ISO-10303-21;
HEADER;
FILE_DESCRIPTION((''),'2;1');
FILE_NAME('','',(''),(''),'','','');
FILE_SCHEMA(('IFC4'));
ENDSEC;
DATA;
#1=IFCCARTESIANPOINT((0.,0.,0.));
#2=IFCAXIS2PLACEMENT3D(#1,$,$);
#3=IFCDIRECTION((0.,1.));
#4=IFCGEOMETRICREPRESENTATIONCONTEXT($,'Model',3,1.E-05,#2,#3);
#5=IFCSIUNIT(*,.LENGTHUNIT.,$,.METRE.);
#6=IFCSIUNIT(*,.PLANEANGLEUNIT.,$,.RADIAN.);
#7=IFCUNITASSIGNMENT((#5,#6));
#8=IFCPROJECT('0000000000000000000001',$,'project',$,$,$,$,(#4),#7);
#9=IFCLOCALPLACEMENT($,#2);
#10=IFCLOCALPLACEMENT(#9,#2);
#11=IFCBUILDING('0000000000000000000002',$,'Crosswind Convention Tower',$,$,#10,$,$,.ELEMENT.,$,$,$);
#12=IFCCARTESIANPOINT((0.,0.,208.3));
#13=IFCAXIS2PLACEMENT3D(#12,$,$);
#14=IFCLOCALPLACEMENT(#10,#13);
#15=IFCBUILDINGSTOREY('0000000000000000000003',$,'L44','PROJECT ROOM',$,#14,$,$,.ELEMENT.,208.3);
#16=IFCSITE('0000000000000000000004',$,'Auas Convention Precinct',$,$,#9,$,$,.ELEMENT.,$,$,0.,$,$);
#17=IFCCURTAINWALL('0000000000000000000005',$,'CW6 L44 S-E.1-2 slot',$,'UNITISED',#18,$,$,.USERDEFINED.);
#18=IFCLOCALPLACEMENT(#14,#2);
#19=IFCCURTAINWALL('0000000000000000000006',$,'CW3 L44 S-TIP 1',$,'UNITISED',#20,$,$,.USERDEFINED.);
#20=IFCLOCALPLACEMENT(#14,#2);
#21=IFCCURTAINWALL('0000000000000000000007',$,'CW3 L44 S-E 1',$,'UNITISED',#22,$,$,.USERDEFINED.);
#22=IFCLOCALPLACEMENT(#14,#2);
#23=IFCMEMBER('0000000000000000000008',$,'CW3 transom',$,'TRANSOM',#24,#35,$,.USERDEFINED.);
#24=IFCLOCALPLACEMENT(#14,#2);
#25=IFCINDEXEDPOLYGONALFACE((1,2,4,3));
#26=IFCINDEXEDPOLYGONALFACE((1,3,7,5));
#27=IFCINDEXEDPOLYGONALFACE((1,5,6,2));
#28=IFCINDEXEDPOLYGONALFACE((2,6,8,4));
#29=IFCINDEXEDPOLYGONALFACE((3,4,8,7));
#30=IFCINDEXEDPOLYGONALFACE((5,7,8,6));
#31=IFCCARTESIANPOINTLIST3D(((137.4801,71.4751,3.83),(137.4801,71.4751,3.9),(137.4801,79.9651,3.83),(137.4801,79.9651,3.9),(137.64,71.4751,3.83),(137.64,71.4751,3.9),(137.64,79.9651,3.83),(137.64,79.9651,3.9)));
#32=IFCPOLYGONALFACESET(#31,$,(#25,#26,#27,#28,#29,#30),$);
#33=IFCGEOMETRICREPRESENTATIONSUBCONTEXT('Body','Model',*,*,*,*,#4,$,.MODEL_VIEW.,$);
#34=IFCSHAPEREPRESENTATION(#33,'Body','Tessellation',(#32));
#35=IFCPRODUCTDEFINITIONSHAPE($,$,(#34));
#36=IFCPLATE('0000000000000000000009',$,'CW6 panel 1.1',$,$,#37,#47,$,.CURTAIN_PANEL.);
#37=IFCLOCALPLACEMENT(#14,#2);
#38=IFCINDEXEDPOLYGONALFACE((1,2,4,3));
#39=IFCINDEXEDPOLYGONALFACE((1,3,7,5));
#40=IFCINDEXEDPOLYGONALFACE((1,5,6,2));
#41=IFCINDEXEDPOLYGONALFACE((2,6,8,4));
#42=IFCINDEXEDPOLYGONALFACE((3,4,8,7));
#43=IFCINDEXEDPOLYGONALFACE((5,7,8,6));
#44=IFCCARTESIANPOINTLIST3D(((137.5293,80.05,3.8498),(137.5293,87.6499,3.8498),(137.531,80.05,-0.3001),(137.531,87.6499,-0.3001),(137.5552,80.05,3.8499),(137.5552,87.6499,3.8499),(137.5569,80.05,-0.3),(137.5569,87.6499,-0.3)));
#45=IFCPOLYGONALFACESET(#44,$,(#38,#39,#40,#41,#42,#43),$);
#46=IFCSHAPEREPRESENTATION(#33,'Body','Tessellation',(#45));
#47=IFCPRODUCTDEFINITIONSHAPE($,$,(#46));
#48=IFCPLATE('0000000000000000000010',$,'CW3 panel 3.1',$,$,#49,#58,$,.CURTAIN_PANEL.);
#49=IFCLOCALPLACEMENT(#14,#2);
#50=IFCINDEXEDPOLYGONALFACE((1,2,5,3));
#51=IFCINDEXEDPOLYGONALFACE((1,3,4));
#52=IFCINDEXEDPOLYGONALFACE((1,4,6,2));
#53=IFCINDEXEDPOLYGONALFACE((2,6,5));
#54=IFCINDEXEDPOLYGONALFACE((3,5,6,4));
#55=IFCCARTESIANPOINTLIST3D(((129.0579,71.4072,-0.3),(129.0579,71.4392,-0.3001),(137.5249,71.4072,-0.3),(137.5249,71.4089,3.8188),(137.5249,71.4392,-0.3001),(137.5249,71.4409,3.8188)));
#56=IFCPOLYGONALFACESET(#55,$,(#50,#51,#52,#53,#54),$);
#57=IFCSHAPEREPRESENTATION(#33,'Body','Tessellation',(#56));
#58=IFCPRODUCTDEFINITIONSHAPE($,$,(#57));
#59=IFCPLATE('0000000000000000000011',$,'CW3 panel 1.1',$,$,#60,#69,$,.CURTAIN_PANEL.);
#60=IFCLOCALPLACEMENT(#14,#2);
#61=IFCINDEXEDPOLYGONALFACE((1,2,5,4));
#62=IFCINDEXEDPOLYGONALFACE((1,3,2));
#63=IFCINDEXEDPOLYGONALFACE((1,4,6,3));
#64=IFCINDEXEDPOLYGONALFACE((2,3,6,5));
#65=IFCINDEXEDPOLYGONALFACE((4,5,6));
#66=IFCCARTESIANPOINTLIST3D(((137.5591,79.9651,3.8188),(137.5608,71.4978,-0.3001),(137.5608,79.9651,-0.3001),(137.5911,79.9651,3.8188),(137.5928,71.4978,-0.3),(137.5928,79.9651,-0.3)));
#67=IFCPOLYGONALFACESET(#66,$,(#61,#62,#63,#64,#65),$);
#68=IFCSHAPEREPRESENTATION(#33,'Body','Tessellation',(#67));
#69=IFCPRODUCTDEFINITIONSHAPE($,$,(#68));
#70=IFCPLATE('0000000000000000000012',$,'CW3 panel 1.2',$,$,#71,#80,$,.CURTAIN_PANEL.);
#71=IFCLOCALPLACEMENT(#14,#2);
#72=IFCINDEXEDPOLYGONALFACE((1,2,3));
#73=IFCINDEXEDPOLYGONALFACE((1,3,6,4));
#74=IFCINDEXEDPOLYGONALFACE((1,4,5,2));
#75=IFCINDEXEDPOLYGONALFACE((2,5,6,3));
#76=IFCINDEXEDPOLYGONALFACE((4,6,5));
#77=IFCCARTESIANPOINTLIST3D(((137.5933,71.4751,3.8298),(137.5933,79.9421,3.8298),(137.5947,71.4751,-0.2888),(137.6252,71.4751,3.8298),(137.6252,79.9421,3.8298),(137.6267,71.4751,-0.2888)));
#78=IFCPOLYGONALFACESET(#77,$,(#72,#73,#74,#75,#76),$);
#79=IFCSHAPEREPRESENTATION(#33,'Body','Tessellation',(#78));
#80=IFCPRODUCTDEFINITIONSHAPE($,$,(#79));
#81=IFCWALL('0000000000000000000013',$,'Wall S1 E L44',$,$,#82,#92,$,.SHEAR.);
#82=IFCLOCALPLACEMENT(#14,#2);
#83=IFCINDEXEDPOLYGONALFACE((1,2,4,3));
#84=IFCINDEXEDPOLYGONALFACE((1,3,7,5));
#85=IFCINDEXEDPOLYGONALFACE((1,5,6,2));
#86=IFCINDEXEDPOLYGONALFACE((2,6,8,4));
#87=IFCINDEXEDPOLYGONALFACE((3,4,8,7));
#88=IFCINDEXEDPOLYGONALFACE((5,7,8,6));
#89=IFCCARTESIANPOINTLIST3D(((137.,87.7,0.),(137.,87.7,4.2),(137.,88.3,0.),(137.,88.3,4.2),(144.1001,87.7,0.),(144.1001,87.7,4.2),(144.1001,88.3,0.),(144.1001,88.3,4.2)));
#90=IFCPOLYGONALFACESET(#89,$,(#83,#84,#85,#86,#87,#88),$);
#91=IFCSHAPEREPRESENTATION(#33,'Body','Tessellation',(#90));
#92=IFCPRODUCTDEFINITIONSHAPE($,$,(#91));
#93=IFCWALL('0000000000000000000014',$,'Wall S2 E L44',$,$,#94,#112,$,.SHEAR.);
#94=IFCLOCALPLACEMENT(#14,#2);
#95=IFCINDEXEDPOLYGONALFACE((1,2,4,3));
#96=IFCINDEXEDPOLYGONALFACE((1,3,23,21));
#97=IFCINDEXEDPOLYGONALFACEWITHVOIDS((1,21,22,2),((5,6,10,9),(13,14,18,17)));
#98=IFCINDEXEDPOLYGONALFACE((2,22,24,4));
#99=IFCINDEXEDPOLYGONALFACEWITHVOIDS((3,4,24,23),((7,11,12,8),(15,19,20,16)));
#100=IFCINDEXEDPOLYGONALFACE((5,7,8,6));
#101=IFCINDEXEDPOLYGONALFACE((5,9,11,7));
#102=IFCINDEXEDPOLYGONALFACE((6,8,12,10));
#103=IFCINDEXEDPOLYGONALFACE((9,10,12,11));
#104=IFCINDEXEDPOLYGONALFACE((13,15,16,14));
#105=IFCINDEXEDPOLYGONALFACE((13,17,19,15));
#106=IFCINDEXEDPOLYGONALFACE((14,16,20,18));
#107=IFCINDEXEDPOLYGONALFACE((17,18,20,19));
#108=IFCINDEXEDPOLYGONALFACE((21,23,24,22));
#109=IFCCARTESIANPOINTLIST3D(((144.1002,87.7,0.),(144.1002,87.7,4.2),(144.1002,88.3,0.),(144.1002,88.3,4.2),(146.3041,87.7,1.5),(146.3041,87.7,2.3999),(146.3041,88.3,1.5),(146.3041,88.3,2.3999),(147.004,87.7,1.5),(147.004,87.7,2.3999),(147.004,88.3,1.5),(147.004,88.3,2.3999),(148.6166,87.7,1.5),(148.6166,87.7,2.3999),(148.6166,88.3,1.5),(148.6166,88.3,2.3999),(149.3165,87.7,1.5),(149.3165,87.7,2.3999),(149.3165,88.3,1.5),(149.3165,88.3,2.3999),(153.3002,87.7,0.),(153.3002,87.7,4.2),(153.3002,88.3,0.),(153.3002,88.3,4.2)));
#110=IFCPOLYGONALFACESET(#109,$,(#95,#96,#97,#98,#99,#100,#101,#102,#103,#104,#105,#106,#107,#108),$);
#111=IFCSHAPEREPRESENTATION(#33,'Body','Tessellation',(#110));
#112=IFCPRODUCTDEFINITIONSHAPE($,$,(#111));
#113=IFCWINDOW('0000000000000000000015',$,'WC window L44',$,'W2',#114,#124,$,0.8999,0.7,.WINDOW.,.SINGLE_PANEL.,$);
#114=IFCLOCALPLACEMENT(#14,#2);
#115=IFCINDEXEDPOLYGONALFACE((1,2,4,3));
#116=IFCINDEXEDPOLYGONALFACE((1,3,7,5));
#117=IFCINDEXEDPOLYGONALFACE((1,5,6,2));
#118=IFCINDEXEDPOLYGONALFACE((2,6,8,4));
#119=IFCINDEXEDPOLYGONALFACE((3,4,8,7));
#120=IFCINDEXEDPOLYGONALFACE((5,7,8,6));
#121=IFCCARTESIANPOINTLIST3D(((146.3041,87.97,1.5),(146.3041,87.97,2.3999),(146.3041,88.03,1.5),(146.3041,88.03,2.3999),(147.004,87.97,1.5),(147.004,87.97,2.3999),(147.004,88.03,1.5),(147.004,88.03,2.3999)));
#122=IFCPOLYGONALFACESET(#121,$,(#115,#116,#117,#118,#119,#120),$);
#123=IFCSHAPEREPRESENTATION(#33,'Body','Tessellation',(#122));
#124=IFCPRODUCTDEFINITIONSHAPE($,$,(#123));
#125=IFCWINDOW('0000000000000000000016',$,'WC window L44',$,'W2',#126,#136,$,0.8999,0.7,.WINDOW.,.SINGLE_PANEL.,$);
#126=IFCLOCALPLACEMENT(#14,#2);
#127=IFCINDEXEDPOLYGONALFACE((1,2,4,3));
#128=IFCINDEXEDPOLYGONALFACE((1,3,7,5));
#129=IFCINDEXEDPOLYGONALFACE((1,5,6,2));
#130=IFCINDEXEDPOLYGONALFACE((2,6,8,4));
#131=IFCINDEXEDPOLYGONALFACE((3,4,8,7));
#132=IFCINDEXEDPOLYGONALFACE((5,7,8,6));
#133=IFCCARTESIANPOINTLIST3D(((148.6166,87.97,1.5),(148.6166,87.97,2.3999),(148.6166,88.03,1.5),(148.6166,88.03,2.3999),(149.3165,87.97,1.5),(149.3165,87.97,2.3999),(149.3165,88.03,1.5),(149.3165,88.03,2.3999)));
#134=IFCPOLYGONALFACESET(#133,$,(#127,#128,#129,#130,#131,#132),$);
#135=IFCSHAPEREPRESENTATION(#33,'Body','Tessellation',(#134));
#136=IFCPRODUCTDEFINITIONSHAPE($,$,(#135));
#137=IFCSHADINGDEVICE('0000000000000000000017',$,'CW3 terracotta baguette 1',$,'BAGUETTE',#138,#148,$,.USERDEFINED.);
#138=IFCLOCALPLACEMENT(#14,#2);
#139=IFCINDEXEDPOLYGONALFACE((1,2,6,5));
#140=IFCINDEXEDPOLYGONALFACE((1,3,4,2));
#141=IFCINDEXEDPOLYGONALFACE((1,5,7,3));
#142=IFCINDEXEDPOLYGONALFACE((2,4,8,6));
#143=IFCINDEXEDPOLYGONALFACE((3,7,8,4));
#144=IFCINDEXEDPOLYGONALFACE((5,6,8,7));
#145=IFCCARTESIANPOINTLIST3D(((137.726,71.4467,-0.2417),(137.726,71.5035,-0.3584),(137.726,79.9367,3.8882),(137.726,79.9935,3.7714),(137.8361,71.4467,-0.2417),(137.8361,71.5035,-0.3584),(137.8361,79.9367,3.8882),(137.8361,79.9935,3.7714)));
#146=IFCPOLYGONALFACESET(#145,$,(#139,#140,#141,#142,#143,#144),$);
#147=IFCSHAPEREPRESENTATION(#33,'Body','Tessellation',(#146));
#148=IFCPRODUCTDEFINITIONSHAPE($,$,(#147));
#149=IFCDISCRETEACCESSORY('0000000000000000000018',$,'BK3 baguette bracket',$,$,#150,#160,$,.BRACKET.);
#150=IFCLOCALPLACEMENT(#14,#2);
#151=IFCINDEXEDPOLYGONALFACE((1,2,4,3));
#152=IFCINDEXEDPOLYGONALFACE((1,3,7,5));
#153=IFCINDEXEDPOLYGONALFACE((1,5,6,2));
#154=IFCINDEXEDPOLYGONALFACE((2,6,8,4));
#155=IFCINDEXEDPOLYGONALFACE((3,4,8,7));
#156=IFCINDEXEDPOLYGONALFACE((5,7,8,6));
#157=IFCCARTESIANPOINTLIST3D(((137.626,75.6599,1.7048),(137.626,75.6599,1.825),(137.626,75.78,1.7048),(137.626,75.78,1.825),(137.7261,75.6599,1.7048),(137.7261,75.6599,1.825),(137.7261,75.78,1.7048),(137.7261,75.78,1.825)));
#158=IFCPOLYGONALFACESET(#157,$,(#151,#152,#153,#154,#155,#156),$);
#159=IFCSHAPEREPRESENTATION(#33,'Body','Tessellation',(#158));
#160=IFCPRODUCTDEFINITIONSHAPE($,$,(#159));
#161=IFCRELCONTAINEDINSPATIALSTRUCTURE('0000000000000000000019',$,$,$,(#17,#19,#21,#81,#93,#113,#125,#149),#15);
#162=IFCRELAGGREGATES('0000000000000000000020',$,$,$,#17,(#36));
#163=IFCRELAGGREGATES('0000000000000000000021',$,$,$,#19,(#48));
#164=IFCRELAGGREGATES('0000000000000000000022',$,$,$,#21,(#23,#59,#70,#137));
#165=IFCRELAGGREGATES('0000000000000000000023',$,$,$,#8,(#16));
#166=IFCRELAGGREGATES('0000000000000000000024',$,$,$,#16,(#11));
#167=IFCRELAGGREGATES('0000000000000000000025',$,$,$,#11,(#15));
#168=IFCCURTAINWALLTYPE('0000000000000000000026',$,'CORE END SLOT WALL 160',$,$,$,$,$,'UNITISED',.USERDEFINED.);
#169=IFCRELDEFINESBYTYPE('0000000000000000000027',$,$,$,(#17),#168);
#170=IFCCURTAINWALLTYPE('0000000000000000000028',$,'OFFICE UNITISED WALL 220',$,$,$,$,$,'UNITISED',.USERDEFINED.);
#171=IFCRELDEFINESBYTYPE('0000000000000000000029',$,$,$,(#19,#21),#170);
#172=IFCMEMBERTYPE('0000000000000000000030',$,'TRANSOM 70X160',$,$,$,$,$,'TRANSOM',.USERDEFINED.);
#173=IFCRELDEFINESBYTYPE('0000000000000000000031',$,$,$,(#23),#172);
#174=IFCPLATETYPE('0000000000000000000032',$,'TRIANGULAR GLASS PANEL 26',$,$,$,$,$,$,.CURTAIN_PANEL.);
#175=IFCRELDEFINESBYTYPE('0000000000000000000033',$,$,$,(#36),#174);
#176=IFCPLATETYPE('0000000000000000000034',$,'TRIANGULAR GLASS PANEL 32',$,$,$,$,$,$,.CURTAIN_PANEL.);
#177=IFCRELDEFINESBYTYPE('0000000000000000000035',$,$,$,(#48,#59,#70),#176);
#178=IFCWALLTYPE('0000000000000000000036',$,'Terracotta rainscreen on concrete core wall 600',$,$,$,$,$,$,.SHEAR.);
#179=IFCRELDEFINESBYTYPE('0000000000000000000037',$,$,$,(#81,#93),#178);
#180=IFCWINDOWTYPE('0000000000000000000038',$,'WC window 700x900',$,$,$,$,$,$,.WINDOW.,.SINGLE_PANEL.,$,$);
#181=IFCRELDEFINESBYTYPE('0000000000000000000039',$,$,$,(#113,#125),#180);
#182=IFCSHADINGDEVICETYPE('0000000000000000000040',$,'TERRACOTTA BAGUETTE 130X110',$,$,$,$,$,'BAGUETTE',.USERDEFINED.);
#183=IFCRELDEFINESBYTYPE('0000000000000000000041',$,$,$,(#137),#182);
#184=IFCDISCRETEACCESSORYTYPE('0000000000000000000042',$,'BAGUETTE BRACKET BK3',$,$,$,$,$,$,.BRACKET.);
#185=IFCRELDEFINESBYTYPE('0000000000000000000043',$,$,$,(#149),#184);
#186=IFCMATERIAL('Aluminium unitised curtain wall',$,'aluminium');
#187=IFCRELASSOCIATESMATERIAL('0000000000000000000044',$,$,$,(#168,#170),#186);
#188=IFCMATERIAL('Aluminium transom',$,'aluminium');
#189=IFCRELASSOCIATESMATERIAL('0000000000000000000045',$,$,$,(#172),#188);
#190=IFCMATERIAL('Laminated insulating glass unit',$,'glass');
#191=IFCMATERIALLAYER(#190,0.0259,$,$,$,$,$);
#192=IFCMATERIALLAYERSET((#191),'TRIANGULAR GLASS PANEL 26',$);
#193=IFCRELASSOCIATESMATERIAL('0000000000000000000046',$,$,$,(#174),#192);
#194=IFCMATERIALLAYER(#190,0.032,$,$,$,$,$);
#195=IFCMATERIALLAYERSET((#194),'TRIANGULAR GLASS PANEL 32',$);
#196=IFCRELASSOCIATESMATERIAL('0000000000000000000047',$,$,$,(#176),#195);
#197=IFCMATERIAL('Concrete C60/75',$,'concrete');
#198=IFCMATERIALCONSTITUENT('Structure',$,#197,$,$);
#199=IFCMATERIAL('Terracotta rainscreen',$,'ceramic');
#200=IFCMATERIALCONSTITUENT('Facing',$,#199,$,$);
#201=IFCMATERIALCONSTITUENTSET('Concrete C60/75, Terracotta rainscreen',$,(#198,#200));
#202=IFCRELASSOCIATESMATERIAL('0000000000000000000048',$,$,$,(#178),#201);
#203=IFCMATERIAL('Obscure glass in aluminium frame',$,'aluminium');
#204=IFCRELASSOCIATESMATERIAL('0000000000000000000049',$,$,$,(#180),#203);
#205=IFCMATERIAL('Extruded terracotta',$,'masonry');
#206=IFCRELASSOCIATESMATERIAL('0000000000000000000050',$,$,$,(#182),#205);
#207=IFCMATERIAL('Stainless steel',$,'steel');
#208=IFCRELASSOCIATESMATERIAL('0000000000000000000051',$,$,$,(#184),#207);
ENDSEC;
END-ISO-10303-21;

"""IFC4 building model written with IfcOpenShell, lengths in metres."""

from ifc_helpers import new_model, si_unit, direction, frame, frame_2d, origin, origin_2d, place, context, subcontext, project, spatial, polyline, rectangle, outline, extrude, material, layer, layer_set, constituent, constituent_set, material_profile, profile_set, type_object, element, fill, aggregate, save


model = new_model("IFC4")

# Units and contexts
model_context = context("Model", 3, precision=1e-05, world=origin(), true_north=direction((0.0, 1.0)))
body_context = subcontext(model_context, "Body", "Model", "MODEL_VIEW")
ifc_project = project(units=[si_unit("LENGTHUNIT", "METRE"), si_unit("PLANEANGLEUNIT", "RADIAN")], contexts=[model_context])

# Site, building, storey
site_placement = place(None, origin())
site = spatial("IfcSite", under=ifc_project, at=site_placement, Name="Auas Convention Precinct", CompositionType="ELEMENT", RefElevation=0.0)
building_placement = place(site_placement, origin())
building = spatial("IfcBuilding", under=site, at=building_placement, Name="Crosswind Convention Tower", CompositionType="ELEMENT")
storey_placement = place(building_placement, frame((0.0, 0.0, 208.3)))
storey = spatial("IfcBuildingStorey", under=building, at=storey_placement, Name="L44", Description="PROJECT ROOM", CompositionType="ELEMENT", Elevation=208.3)

# Shared definitions
ifc_material_1 = material(Name="Concrete C60/75", Category="concrete")

# Curtain wall
ifc_material_2 = material(Name="Aluminium unitised curtain wall", Category="aluminium")
curtain_wall_type_1 = type_object("IfcCurtainWallType", Name="CORE END SLOT WALL 160", ElementType="UNITISED", PredefinedType="USERDEFINED", material=ifc_material_2)
curtain_wall_1_placement = place(storey_placement, origin())
curtain_wall_1 = element("IfcCurtainWall", 1, at=curtain_wall_1_placement, inside=storey, type_object=curtain_wall_type_1, Name="CW6 L44 S-E.1-2 slot", ObjectType="UNITISED", PredefinedType="USERDEFINED")

# Curtain walls
curtain_wall_type_2 = type_object("IfcCurtainWallType", Name="OFFICE UNITISED WALL 220", ElementType="UNITISED", PredefinedType="USERDEFINED", material=ifc_material_2)
curtain_wall_2_placement = place(storey_placement, origin())
curtain_wall_2 = element("IfcCurtainWall", 2, at=curtain_wall_2_placement, inside=storey, type_object=curtain_wall_type_2, Name="CW3 L44 S-TIP 1", ObjectType="UNITISED", PredefinedType="USERDEFINED")
curtain_wall_3_placement = place(storey_placement, origin())
curtain_wall_3 = element("IfcCurtainWall", 3, at=curtain_wall_3_placement, inside=storey, type_object=curtain_wall_type_2, Name="CW3 L44 S-E 1", ObjectType="UNITISED", PredefinedType="USERDEFINED")

# Member
ifc_material_3 = material(Name="Aluminium transom", Category="aluminium")
ifc_material_profile_1 = material_profile(ifc_material_3, rectangle(XDim=0.1599, YDim=0.0701, at=origin_2d()), Name="AL 160X70")
ifc_profile_set_1 = profile_set([ifc_material_profile_1], Name="Aluminium transom")
member_type_1 = type_object("IfcMemberType", Name="TRANSOM 70X160", ElementType="TRANSOM", PredefinedType="USERDEFINED", material=ifc_profile_set_1)
member_1_placement = place(storey_placement, frame((137.5601, 71.4751, 3.865), z_axis=(0.0, 1.0, 0.0), x_axis=(-1.0, 0.0, 0.0)))
member_1 = element("IfcMember", 4, at=member_1_placement, type_object=member_type_1, Name="CW3 transom", ObjectType="TRANSOM", PredefinedType="USERDEFINED", context=body_context, shape_type="SweptSolid", body=[
    extrude(rectangle(XDim=0.1599, YDim=0.0701, at=origin_2d()), origin(), (0.0, 0.0, 1.0), 8.49),
])

# Plates
ifc_material_4 = material(Name="Laminated insulating glass unit", Category="glass")
ifc_layer_1 = layer(ifc_material_4, 0.0259)
ifc_layer_set_1 = layer_set([ifc_layer_1], Name="TRIANGULAR GLASS PANEL 26")
plate_type_1 = type_object("IfcPlateType", Name="TRIANGULAR GLASS PANEL 26", PredefinedType="CURTAIN_PANEL", material=ifc_layer_set_1)
plate_1_placement = place(storey_placement, frame((137.5569, 80.05, -0.3), z_axis=(1.0, 0.0, 0.000412), x_axis=(0.0, 1.0, 0.0)))
plate_1 = element("IfcPlate", 5, at=plate_1_placement, type_object=plate_type_1, Name="CW6 panel 1.1", PredefinedType="CURTAIN_PANEL", context=body_context, shape_type="SweptSolid", body=[
    extrude(outline(polyline([(0.0, 0.0), (7.5999, 0.0), (7.5999, 4.1499), (0.0, 4.1499), (0.0, 0.0)])), origin(), (0.0, 0.0, -1.0), 0.0259),
])
aggregate(curtain_wall_1, [plate_1])
ifc_layer_2 = layer(ifc_material_4, 0.032)
ifc_layer_set_2 = layer_set([ifc_layer_2], Name="TRIANGULAR GLASS PANEL 32")
plate_type_2 = type_object("IfcPlateType", Name="TRIANGULAR GLASS PANEL 32", PredefinedType="CURTAIN_PANEL", material=ifc_layer_set_2)
plate_2_placement = place(storey_placement, frame((137.5249, 71.4072, -0.3), z_axis=(0.0, -1.0, 0.000415), x_axis=(0.0, 0.000415, 1.0)))
plate_2 = element("IfcPlate", 6, at=plate_2_placement, type_object=plate_type_2, Name="CW3 panel 3.1", PredefinedType="CURTAIN_PANEL", context=body_context, shape_type="SweptSolid", body=[
    extrude(outline(polyline([(0.0, 0.0), (4.1189, 0.0), (0.0, 8.467), (0.0, 0.0)])), origin(), (0.0, 0.0, -1.0), 0.032),
])
aggregate(curtain_wall_2, [plate_2])
plate_3_placement = place(storey_placement, frame((137.5928, 79.9651, -0.3), z_axis=(1.0, 0.0, 0.000415), x_axis=(-0.000415, 0.0, 1.0)))
plate_3 = element("IfcPlate", 7, at=plate_3_placement, type_object=plate_type_2, Name="CW3 panel 1.1", PredefinedType="CURTAIN_PANEL", context=body_context, shape_type="SweptSolid", body=[
    extrude(outline(polyline([(0.0, 0.0), (4.1189, 0.0), (0.0, 8.4673), (0.0, 0.0)])), origin(), (0.0, 0.0, -1.0), 0.032),
])
plate_4_placement = place(storey_placement, frame((137.6252, 71.4751, 3.8298), z_axis=(1.0, 0.0, 0.000356), x_axis=(0.000356, 0.0, -1.0)))
plate_4 = element("IfcPlate", 8, at=plate_4_placement, type_object=plate_type_2, Name="CW3 panel 1.2", PredefinedType="CURTAIN_PANEL", context=body_context, shape_type="SweptSolid", body=[
    extrude(outline(polyline([(0.0, 0.0), (4.1187, 0.0), (0.0, 8.467), (0.0, 0.0)])), origin(), (0.0, 0.0, -1.0), 0.032),
])

# Wall
ifc_constituent_1 = constituent(ifc_material_1, Name="Structure")
ifc_material_5 = material(Name="Terracotta rainscreen", Category="ceramic")
ifc_constituent_2 = constituent(ifc_material_5, Name="Facing")
ifc_constituent_set = constituent_set(constituents=[ifc_constituent_1, ifc_constituent_2], Name="Concrete C60/75, Terracotta rainscreen")
wall_type = type_object("IfcWallType", Name="Terracotta rainscreen on concrete core wall 600", PredefinedType="SHEAR", material=ifc_constituent_set)
wall_1_placement = place(storey_placement, frame((137.0, 88.0, 0.0), z_axis=(0.0, 0.0, 1.0), x_axis=(1.0, 0.0, 0.0)))
element("IfcWall", 9, at=wall_1_placement, inside=storey, type_object=wall_type, Name="Wall S1 E L44", PredefinedType="SHEAR", context=body_context, shape_type="SweptSolid", body=[
    extrude(rectangle(XDim=7.1001, YDim=0.6001, at=frame_2d((3.55, 0.0))), origin(), (0.0, 0.0, 1.0), 4.2),
])

# Wall, openings, windows
wall_2_placement = place(storey_placement, frame((144.1001, 88.0, 0.0), z_axis=(0.0, 0.0, 1.0), x_axis=(1.0, 0.0, 0.0)))
wall_2 = element("IfcWall", 10, at=wall_2_placement, inside=storey, type_object=wall_type, Name="Wall S2 E L44", PredefinedType="SHEAR", context=body_context, shape_type="SweptSolid", body=[
    extrude(rectangle(XDim=9.2, YDim=0.6001, at=frame_2d((4.6001, 0.0))), origin(), (0.0, 0.0, 1.0), 4.2),
])
opening_1_placement = place(wall_2_placement, frame((2.2039, 0.0, 1.5)))
opening_1 = element("IfcOpeningElement", 11, at=opening_1_placement, cuts=wall_2, PredefinedType="OPENING", context=body_context, shape_type="SweptSolid", body=[
    extrude(rectangle(XDim=0.7, YDim=0.8999, at=frame_2d((0.3501, 0.45))), frame((0.0, 0.3101, 0.0), z_axis=(0.0, -1.0, 0.0), x_axis=(1.0, 0.0, 0.0)), (0.0, 0.0, 1.0), 0.6201),
])
opening_2_placement = place(wall_2_placement, frame((4.5164, 0.0, 1.5)))
opening_2 = element("IfcOpeningElement", 12, at=opening_2_placement, cuts=wall_2, PredefinedType="OPENING", context=body_context, shape_type="SweptSolid", body=[
    extrude(rectangle(XDim=0.7, YDim=0.8999, at=frame_2d((0.3501, 0.45))), frame((0.0, 0.3101, 0.0), z_axis=(0.0, -1.0, 0.0), x_axis=(1.0, 0.0, 0.0)), (0.0, 0.0, 1.0), 0.6201),
])
ifc_material_6 = material(Name="Obscure glass in aluminium frame", Category="aluminium")
window_type = type_object("IfcWindowType", Name="WC window 700x900", PartitioningType="SINGLE_PANEL", PredefinedType="WINDOW", material=ifc_material_6)
window_1_placement = place(opening_1_placement, origin())
window_1 = element("IfcWindow", 13, at=window_1_placement, inside=storey, type_object=window_type, Name="WC window L44", ObjectType="W2", OverallHeight=0.8999, OverallWidth=0.7, PartitioningType="SINGLE_PANEL", PredefinedType="WINDOW", context=body_context, shape_type="SweptSolid", body=[
    extrude(rectangle(XDim=0.7, YDim=0.8999, at=frame_2d((0.3501, 0.45))), frame((0.0, 0.03, 0.0), z_axis=(0.0, -1.0, 0.0), x_axis=(1.0, 0.0, 0.0)), (0.0, 0.0, 1.0), 0.0601),
])
fill(opening_1, window_1)
window_2_placement = place(opening_2_placement, origin())
window_2 = element("IfcWindow", 14, at=window_2_placement, inside=storey, type_object=window_type, Name="WC window L44", ObjectType="W2", OverallHeight=0.8999, OverallWidth=0.7, PartitioningType="SINGLE_PANEL", PredefinedType="WINDOW", context=body_context, shape_type="SweptSolid", body=[
    extrude(rectangle(XDim=0.7, YDim=0.8999, at=frame_2d((0.3501, 0.45))), frame((0.0, 0.03, 0.0), z_axis=(0.0, -1.0, 0.0), x_axis=(1.0, 0.0, 0.0)), (0.0, 0.0, 1.0), 0.0601),
])
fill(opening_2, window_2)

# Shading device
ifc_material_7 = material(Name="Extruded terracotta", Category="masonry")
ifc_material_profile_2 = material_profile(ifc_material_7, rectangle(XDim=0.1101, YDim=0.1299, at=origin_2d()), Name="TC 110X130")
ifc_profile_set_2 = profile_set([ifc_material_profile_2], Name="Extruded terracotta")
shading_device_type = type_object("IfcShadingDeviceType", Name="TERRACOTTA BAGUETTE 130X110", ElementType="BAGUETTE", PredefinedType="USERDEFINED", material=ifc_profile_set_2)
shading_device_placement = place(storey_placement, frame((137.781, 71.4751, -0.3), z_axis=(0.0, 0.899251, 0.437433), x_axis=(-1.0, 0.0, 0.0)))
shading_device = element("IfcShadingDevice", 15, at=shading_device_placement, type_object=shading_device_type, Name="CW3 terracotta baguette 1", ObjectType="BAGUETTE", PredefinedType="USERDEFINED", context=body_context, shape_type="SweptSolid", body=[
    extrude(rectangle(XDim=0.1101, YDim=0.1299, at=origin_2d()), origin(), (0.0, 0.0, 1.0), 9.4412),
])
aggregate(curtain_wall_3, [member_1, plate_3, plate_4, shading_device])

# Discrete accessory
ifc_material_8 = material(Name="Stainless steel", Category="steel")
discrete_accessory_type = type_object("IfcDiscreteAccessoryType", Name="BAGUETTE BRACKET BK3", PredefinedType="BRACKET", material=ifc_material_8)
discrete_accessory_placement = place(storey_placement, frame((137.676, 75.72, 1.7048), z_axis=(0.0, 0.0, 1.0), x_axis=(0.0, 1.0, 0.0)))
element("IfcDiscreteAccessory", 16, at=discrete_accessory_placement, inside=storey, type_object=discrete_accessory_type, Name="BK3 baguette bracket", PredefinedType="BRACKET", context=body_context, shape_type="SweptSolid", body=[
    extrude(rectangle(XDim=0.1201, YDim=0.1001, at=origin_2d()), origin(), (0.0, 0.0, 1.0), 0.1201),
])

save(model, "model.ifc")
